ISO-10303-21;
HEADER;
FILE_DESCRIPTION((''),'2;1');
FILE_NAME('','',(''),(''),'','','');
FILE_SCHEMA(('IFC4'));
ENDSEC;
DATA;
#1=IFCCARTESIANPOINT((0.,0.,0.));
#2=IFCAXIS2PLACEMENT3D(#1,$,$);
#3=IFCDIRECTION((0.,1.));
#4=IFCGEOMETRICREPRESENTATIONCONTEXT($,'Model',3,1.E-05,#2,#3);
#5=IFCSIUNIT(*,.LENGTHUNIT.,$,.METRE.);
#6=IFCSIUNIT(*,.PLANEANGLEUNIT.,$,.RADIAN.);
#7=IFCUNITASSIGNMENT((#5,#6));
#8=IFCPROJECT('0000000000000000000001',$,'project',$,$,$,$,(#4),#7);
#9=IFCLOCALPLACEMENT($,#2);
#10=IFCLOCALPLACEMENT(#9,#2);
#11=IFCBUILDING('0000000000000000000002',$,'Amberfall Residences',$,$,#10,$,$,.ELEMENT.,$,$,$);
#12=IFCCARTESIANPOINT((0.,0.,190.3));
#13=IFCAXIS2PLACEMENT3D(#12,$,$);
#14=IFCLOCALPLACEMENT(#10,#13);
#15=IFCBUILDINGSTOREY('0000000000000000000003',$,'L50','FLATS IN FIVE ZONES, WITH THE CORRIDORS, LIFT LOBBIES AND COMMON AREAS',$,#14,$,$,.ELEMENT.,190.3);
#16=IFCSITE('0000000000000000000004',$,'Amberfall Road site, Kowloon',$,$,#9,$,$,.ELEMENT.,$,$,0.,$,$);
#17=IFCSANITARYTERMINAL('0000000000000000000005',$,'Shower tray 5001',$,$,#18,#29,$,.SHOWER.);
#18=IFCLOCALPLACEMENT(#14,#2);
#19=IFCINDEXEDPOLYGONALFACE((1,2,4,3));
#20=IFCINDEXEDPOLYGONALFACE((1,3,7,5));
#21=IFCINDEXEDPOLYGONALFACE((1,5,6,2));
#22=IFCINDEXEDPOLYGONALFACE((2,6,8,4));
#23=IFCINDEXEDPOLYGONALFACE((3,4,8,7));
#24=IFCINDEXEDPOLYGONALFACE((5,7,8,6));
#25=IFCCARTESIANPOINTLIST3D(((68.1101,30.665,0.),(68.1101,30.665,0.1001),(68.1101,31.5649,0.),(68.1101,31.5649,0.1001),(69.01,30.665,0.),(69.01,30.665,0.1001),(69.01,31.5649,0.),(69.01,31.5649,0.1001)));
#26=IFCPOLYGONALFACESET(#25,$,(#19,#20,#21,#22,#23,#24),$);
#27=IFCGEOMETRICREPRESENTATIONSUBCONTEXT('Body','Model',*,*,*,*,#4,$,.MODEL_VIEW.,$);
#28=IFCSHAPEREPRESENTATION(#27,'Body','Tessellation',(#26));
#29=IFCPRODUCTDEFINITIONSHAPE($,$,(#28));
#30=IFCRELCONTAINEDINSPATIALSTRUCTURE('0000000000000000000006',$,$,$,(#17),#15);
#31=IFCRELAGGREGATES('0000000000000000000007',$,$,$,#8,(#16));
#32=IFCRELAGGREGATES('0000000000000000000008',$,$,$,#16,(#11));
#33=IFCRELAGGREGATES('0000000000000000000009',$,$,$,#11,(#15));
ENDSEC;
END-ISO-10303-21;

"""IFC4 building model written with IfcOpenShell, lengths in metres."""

from ifc_helpers import new_model, si_unit, direction, frame, origin, origin_2d, place, context, subcontext, project, spatial, rectangle, extrude, element, save


model = new_model("IFC4")

# Units and contexts
model_context = context("Model", 3, precision=1e-05, world=origin(), true_north=direction((0.0, 1.0)))
body_context = subcontext(model_context, "Body", "Model", "MODEL_VIEW")
ifc_project = project(units=[si_unit("LENGTHUNIT", "METRE"), si_unit("PLANEANGLEUNIT", "RADIAN")], contexts=[model_context])

# Site, building, storey
site_placement = place(None, origin())
site = spatial("IfcSite", under=ifc_project, at=site_placement, Name="Amberfall Road site, Kowloon", CompositionType="ELEMENT", RefElevation=0.0)
building_placement = place(site_placement, origin())
building = spatial("IfcBuilding", under=site, at=building_placement, Name="Amberfall Residences", CompositionType="ELEMENT")
storey_placement = place(building_placement, frame((0.0, 0.0, 190.3)))
storey = spatial("IfcBuildingStorey", under=building, at=storey_placement, Name="L50", Description="FLATS IN FIVE ZONES, WITH THE CORRIDORS, LIFT LOBBIES AND COMMON AREAS", CompositionType="ELEMENT", Elevation=190.3)

# Sanitary terminal
sanitary_terminal_1_placement = place(storey_placement, frame((68.5601, 31.115, 0.0), z_axis=(0.0, 0.0, 1.0), x_axis=(1.0, 0.0, 0.0)))
element("IfcSanitaryTerminal", 1, at=sanitary_terminal_1_placement, inside=storey, Name="Shower tray 5001", PredefinedType="SHOWER", context=body_context, shape_type="SweptSolid", body=[
    extrude(rectangle(XDim=0.8999, YDim=0.8999, at=origin_2d()), origin(), (0.0, 0.0, 1.0), 0.1001),
])

save(model, "model.ifc")
